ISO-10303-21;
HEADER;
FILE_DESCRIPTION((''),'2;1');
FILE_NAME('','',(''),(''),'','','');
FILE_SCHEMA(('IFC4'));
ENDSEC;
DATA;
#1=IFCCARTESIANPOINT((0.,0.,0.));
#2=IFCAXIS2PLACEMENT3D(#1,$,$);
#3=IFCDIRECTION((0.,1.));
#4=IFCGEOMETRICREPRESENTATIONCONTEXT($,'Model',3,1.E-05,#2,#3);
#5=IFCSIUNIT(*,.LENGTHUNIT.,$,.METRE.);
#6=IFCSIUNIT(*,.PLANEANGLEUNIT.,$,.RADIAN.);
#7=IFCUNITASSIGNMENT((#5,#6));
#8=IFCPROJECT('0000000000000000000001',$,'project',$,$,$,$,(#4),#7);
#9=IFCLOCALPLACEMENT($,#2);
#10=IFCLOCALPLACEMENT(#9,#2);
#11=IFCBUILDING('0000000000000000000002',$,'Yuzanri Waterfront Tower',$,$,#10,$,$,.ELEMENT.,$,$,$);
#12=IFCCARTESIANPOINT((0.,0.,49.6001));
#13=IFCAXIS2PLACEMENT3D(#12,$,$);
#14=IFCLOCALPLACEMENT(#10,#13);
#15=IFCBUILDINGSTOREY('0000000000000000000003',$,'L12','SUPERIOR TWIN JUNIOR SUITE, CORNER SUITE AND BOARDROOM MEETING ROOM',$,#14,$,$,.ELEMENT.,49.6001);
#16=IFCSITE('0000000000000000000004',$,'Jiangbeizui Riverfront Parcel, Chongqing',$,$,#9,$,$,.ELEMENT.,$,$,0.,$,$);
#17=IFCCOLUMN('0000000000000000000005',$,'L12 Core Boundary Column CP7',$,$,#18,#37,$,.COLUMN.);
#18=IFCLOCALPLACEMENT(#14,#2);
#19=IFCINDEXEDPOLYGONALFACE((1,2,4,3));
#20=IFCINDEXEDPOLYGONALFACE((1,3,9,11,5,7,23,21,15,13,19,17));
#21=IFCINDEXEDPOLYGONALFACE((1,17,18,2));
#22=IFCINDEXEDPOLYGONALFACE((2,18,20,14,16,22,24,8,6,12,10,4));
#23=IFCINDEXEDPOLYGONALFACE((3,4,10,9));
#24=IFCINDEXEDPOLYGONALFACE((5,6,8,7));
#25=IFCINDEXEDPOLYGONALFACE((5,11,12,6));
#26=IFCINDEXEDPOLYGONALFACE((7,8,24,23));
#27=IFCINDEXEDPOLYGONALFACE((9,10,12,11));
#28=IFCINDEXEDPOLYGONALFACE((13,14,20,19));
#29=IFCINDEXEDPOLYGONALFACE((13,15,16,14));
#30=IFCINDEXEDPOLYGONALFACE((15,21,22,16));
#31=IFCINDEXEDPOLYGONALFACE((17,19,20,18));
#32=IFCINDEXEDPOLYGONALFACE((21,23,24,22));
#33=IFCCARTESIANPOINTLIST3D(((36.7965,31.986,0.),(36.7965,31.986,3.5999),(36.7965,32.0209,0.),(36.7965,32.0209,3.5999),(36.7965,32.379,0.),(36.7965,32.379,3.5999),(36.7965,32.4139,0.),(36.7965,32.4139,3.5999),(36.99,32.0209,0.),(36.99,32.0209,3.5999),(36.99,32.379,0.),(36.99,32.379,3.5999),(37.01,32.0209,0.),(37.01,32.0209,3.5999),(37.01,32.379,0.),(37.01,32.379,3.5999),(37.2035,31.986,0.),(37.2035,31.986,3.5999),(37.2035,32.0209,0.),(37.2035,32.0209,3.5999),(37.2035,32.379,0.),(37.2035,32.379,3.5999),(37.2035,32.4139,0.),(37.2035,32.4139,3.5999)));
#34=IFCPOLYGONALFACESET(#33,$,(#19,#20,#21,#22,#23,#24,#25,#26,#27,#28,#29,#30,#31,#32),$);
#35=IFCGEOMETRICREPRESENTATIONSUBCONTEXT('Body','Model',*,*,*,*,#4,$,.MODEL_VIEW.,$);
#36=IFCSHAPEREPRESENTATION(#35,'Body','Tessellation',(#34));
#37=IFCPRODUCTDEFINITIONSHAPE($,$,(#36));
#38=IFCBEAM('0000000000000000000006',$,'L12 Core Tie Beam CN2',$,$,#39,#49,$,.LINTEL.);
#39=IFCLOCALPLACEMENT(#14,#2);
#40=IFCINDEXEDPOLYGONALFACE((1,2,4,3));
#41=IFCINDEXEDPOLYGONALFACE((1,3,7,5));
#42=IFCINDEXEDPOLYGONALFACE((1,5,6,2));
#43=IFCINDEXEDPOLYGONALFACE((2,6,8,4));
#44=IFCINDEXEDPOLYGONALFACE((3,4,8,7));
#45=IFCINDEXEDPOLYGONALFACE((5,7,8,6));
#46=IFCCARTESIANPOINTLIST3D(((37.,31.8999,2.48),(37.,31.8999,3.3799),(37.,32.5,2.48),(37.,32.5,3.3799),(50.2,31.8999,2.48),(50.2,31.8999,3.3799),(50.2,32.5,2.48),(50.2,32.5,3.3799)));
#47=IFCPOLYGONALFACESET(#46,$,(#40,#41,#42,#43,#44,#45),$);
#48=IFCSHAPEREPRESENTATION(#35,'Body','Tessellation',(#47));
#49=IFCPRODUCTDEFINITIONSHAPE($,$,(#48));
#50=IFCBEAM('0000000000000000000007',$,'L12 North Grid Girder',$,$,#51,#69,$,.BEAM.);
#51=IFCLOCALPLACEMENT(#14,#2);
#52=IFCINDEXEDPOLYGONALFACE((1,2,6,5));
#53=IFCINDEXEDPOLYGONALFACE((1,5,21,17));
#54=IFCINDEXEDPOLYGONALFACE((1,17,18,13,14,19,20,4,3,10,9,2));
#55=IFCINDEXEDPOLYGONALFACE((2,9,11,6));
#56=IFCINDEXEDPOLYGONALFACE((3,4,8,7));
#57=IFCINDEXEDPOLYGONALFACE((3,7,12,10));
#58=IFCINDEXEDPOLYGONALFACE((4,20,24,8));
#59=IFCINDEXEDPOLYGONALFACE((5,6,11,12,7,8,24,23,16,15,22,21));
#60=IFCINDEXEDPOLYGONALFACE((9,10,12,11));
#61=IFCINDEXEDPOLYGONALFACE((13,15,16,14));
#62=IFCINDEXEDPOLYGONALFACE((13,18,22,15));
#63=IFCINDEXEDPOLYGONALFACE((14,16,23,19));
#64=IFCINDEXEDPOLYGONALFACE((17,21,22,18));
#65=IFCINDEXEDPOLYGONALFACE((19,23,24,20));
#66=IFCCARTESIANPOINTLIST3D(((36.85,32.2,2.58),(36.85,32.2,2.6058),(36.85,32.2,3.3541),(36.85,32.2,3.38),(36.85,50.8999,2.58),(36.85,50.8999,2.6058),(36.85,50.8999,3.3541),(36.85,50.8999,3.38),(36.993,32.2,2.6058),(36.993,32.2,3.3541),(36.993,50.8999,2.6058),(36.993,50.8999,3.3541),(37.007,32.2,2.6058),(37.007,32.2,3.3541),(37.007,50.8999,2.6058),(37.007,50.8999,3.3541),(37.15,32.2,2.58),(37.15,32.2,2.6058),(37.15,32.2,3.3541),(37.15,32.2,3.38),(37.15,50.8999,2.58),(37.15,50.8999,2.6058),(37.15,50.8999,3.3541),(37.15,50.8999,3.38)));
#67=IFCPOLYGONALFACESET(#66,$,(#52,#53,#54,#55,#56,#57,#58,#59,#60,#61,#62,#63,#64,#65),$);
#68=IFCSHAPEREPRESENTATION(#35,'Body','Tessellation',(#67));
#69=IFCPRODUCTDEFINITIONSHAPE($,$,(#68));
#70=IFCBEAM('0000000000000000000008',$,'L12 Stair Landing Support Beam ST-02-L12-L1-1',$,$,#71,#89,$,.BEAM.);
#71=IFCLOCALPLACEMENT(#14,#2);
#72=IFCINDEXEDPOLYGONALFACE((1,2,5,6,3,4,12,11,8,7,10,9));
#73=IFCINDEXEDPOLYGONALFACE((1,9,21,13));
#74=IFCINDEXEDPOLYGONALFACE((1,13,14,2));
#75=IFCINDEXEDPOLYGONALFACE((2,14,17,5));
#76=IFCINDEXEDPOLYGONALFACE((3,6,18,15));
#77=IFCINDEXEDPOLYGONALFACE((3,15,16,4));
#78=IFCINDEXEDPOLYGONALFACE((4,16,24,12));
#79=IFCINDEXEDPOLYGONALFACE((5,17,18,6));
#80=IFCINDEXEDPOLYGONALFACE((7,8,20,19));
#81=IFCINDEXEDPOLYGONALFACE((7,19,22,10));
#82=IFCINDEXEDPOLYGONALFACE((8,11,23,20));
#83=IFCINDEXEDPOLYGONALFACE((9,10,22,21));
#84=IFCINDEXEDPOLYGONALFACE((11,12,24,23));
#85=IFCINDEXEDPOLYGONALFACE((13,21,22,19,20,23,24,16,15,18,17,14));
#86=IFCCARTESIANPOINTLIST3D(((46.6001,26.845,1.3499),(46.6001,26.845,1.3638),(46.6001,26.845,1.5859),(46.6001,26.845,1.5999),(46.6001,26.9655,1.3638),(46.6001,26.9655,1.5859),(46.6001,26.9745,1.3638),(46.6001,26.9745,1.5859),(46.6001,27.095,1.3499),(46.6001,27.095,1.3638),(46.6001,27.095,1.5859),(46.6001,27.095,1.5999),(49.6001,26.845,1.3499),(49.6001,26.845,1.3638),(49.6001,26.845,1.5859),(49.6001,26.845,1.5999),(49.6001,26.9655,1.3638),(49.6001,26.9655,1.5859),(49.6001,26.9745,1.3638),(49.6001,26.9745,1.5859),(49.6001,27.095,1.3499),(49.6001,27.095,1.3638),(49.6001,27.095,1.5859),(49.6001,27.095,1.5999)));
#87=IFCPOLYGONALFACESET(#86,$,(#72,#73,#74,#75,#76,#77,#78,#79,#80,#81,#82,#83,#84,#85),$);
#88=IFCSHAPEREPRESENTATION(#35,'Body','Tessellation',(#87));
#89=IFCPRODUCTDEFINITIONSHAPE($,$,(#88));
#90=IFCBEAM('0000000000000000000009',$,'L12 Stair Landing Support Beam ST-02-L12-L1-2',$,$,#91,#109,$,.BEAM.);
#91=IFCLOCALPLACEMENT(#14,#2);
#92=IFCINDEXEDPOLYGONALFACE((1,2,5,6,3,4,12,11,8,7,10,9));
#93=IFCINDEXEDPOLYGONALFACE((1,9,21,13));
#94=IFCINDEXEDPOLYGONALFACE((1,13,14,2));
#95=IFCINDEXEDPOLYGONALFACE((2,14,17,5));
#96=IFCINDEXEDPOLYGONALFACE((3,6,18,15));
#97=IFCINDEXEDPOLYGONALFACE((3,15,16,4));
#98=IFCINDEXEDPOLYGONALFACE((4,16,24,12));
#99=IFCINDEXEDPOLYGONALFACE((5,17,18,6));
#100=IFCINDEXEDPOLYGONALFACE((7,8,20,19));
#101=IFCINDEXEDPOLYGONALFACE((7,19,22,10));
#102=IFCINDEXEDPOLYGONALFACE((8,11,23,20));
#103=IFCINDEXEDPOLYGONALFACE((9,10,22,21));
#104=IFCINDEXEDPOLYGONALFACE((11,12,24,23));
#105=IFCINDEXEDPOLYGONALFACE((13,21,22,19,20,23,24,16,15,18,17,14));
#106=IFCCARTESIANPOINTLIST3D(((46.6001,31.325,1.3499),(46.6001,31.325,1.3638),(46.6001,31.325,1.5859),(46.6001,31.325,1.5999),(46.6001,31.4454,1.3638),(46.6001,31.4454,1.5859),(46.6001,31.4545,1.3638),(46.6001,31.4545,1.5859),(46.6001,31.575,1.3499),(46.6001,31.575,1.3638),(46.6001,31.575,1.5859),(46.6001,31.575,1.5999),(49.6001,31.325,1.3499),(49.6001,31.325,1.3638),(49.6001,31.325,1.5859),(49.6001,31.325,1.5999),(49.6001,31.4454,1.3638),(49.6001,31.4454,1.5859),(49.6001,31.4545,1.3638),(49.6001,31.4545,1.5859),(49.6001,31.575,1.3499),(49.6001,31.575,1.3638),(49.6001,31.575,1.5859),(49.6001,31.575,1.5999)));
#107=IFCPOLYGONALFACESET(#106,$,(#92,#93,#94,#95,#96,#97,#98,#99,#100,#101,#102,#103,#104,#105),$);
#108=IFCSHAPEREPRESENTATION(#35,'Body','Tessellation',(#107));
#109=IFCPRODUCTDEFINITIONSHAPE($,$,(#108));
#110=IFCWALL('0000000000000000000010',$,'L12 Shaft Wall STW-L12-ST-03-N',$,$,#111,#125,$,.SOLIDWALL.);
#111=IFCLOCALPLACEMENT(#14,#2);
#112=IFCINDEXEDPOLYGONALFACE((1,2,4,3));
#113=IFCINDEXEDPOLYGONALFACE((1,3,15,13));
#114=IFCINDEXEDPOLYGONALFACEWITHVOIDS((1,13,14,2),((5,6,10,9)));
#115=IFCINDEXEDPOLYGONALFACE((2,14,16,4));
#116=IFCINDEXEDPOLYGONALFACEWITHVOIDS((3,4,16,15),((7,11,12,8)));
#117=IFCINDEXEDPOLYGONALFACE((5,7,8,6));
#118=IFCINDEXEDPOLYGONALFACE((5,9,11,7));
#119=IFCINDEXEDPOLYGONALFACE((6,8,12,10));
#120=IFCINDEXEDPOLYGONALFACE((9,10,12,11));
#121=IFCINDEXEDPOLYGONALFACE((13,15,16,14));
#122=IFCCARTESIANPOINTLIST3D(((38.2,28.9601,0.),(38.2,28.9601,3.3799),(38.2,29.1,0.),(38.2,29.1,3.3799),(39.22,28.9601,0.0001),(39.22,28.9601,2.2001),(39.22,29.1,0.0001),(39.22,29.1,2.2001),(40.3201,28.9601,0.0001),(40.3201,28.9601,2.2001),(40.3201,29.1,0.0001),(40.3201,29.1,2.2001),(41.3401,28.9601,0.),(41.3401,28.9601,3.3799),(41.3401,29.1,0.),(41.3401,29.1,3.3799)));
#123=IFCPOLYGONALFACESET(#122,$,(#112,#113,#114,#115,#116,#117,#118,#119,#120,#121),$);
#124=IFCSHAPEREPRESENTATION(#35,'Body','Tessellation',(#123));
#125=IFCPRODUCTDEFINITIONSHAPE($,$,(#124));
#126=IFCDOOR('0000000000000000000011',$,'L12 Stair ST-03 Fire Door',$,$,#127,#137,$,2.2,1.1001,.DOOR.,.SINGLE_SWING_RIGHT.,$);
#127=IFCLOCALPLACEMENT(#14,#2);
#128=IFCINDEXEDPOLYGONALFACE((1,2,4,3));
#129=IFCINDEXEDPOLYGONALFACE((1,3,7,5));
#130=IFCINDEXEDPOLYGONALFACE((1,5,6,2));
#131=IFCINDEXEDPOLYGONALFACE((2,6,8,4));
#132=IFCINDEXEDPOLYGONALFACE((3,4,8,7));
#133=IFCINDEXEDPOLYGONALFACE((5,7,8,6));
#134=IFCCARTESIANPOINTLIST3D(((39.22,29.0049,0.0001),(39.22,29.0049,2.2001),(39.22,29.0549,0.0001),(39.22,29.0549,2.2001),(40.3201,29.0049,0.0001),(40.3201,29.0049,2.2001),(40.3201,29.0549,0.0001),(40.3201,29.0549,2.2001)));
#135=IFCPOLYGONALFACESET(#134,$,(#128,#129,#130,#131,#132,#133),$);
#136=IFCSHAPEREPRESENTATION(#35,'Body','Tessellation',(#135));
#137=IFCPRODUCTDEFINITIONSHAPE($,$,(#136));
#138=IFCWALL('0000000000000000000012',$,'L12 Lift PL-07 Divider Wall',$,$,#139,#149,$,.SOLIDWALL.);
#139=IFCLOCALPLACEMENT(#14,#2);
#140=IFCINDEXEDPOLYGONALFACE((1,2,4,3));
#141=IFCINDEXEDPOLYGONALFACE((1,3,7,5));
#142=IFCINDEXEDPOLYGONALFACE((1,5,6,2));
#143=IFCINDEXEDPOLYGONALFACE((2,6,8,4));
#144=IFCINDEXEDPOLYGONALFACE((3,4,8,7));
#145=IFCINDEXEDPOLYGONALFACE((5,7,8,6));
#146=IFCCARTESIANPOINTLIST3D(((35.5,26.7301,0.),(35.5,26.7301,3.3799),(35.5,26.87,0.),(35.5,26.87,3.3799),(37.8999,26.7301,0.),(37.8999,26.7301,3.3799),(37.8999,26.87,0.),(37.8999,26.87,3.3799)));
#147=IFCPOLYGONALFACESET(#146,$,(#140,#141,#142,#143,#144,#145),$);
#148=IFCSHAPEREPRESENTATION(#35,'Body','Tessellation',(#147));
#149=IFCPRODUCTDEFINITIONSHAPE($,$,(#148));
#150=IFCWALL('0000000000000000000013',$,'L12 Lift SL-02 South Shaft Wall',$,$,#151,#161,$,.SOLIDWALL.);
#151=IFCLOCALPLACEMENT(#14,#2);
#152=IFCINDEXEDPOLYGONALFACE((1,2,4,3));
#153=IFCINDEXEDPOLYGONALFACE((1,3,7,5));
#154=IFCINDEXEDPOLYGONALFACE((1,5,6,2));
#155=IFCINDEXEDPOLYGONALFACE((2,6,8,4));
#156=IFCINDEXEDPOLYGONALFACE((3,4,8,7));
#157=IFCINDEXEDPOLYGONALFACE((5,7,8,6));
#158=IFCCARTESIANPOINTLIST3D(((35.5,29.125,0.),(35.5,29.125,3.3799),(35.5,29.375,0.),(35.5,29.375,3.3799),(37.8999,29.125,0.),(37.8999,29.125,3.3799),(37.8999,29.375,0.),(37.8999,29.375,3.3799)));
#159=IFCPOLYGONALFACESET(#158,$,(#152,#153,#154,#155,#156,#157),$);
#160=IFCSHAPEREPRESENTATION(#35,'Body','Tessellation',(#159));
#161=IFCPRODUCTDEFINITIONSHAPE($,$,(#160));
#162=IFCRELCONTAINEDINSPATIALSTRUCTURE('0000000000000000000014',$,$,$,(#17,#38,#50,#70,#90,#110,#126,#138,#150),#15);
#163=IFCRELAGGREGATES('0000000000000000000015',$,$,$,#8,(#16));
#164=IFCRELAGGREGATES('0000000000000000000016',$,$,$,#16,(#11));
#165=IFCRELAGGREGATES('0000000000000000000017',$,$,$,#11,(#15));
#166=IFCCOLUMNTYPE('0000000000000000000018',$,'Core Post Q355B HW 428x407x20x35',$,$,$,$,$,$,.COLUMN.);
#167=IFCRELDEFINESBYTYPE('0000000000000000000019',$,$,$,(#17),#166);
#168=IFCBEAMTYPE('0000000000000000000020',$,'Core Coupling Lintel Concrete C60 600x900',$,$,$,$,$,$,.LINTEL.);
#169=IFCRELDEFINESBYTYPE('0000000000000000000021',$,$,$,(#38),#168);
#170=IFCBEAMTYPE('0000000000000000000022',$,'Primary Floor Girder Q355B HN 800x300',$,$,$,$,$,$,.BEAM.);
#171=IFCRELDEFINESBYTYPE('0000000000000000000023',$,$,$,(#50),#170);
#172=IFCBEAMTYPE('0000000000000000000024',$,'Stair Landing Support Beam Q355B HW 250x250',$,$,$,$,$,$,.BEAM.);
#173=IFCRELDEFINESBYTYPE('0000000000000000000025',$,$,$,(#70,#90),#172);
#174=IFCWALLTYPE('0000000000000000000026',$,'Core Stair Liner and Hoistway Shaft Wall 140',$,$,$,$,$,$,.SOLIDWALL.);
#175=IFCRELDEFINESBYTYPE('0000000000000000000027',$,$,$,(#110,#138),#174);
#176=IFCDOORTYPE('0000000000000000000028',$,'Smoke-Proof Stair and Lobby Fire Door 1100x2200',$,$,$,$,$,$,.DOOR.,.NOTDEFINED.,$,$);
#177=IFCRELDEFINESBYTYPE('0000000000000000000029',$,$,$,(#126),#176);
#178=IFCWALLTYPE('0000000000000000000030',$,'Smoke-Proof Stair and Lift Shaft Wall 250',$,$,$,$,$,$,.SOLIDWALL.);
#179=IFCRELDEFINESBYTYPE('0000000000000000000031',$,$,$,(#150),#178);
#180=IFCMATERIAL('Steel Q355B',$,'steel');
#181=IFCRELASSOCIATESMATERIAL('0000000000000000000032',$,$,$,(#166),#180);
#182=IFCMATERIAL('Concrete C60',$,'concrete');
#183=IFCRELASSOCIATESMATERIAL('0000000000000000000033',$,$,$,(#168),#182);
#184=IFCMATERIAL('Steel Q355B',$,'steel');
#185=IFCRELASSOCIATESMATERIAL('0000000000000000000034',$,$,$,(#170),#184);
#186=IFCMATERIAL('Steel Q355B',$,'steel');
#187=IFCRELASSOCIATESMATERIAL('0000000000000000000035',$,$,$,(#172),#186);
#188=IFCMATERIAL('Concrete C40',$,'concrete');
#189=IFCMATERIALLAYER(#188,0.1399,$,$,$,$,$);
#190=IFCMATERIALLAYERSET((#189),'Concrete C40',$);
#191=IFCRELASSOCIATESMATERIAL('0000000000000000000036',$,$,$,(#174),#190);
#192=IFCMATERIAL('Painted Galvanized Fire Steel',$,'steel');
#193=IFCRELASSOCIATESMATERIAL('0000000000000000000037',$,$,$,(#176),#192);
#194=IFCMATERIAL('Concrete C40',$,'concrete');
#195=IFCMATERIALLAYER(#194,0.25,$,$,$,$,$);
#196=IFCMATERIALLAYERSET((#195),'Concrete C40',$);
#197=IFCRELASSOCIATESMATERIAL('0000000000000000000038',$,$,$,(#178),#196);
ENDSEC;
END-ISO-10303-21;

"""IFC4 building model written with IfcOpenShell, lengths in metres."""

from ifc_helpers import new_model, si_unit, direction, frame, frame_2d, origin, origin_2d, place, context, subcontext, project, spatial, rectangle, i_section, extrude, source, transform, mapped, material, layer, layer_set, material_profile, profile_set, type_object, element, fill, save


model = new_model("IFC4")

# Units and contexts
model_context = context("Model", 3, precision=1e-05, world=origin(), true_north=direction((0.0, 1.0)))
body_context = subcontext(model_context, "Body", "Model", "MODEL_VIEW")
ifc_project = project(units=[si_unit("LENGTHUNIT", "METRE"), si_unit("PLANEANGLEUNIT", "RADIAN")], contexts=[model_context])

# Site, building, storey
site_placement = place(None, origin())
site = spatial("IfcSite", under=ifc_project, at=site_placement, Name="Jiangbeizui Riverfront Parcel, Chongqing", CompositionType="ELEMENT", RefElevation=0.0)
building_placement = place(site_placement, origin())
building = spatial("IfcBuilding", under=site, at=building_placement, Name="Yuzanri Waterfront Tower", CompositionType="ELEMENT")
storey_placement = place(building_placement, frame((0.0, 0.0, 49.6001)))
storey = spatial("IfcBuildingStorey", under=building, at=storey_placement, Name="L12", Description="SUPERIOR TWIN JUNIOR SUITE, CORNER SUITE AND BOARDROOM MEETING ROOM", CompositionType="ELEMENT", Elevation=49.6001)

# Column
ifc_material_1 = material(Name="Steel Q355B", Category="steel")
ifc_material_profile_1 = material_profile(ifc_material_1, i_section(OverallWidth=0.407, OverallDepth=0.428, WebThickness=0.02, FlangeThickness=0.0349, at=origin_2d()), Name="HW 428x407x20x35")
ifc_profile_set_1 = profile_set([ifc_material_profile_1], Name="Steel Q355B")
column_type = type_object("IfcColumnType", Name="Core Post Q355B HW 428x407x20x35", PredefinedType="COLUMN", material=ifc_profile_set_1)
shared_shape_1 = source(origin(), body_context, "Body", "SweptSolid", [
    extrude(i_section(OverallWidth=0.407, OverallDepth=0.428, WebThickness=0.02, FlangeThickness=0.0349, at=origin_2d()), origin(), (0.0, 0.0, 1.0), 3.5999),
])
column_placement = place(storey_placement, frame((37.0, 32.2, 0.0), z_axis=(0.0, 0.0, 1.0), x_axis=(1.0, 0.0, 0.0)))
element("IfcColumn", 1, at=column_placement, inside=storey, type_object=column_type, Name="L12 Core Boundary Column CP7", PredefinedType="COLUMN", context=body_context, shape_type="MappedRepresentation", body=[
    mapped(shared_shape_1, transform((0.0, 0.0, 0.0), scale=1.0)),
])

# Beams
ifc_material_2 = material(Name="Concrete C60", Category="concrete")
ifc_material_profile_2 = material_profile(ifc_material_2, rectangle(XDim=0.6001, YDim=0.8999, at=origin_2d()), Name="RC 600x900")
ifc_profile_set_2 = profile_set([ifc_material_profile_2], Name="Concrete C60")
beam_type_1 = type_object("IfcBeamType", Name="Core Coupling Lintel Concrete C60 600x900", PredefinedType="LINTEL", material=ifc_profile_set_2)
shared_shape_2 = source(origin(), body_context, "Body", "SweptSolid", [
    extrude(rectangle(XDim=0.6001, YDim=0.8999, at=origin_2d()), origin(), (0.0, 0.0, 1.0), 13.2),
])
beam_1_placement = place(storey_placement, frame((37.0, 32.2, 2.9299), z_axis=(1.0, 0.0, 0.0), x_axis=(0.0, 1.0, 0.0)))
element("IfcBeam", 2, at=beam_1_placement, inside=storey, type_object=beam_type_1, Name="L12 Core Tie Beam CN2", PredefinedType="LINTEL", context=body_context, shape_type="MappedRepresentation", body=[
    mapped(shared_shape_2, transform((0.0, 0.0, 0.0), scale=1.0)),
])
ifc_material_3 = material(Name="Steel Q355B", Category="steel")
ifc_material_profile_3 = material_profile(ifc_material_3, i_section(OverallWidth=0.3, OverallDepth=0.8, WebThickness=0.0139, FlangeThickness=0.0259, at=origin_2d()), Name="HN 800x300x14x26")
ifc_profile_set_3 = profile_set([ifc_material_profile_3], Name="Steel Q355B")
beam_type_2 = type_object("IfcBeamType", Name="Primary Floor Girder Q355B HN 800x300", PredefinedType="BEAM", material=ifc_profile_set_3)
shared_shape_3 = source(origin(), body_context, "Body", "SweptSolid", [
    extrude(i_section(OverallWidth=0.3, OverallDepth=0.8, WebThickness=0.0139, FlangeThickness=0.0259, at=origin_2d()), origin(), (0.0, 0.0, 1.0), 18.7),
])
beam_2_placement = place(storey_placement, frame((37.0, 32.2, 2.98), z_axis=(0.0, 1.0, 0.0), x_axis=(-1.0, 0.0, 0.0)))
element("IfcBeam", 3, at=beam_2_placement, inside=storey, type_object=beam_type_2, Name="L12 North Grid Girder", PredefinedType="BEAM", context=body_context, shape_type="MappedRepresentation", body=[
    mapped(shared_shape_3, transform((0.0, 0.0, 0.0), scale=1.0)),
])
ifc_material_4 = material(Name="Steel Q355B", Category="steel")
ifc_material_profile_4 = material_profile(ifc_material_4, i_section(OverallWidth=0.25, OverallDepth=0.25, WebThickness=0.009, FlangeThickness=0.0139, at=origin_2d()), Name="HW 250x250x9x14")
ifc_profile_set_4 = profile_set([ifc_material_profile_4], Name="Steel Q355B")
beam_type_3 = type_object("IfcBeamType", Name="Stair Landing Support Beam Q355B HW 250x250", PredefinedType="BEAM", material=ifc_profile_set_4)
shared_shape_4 = source(origin(), body_context, "Body", "SweptSolid", [
    extrude(i_section(OverallWidth=0.25, OverallDepth=0.25, WebThickness=0.009, FlangeThickness=0.0139, at=origin_2d()), origin(), (0.0, 0.0, 1.0), 3.0),
])
for number, where, z_axis, x_axis, name in (
    (4, (46.6001, 26.97, 1.4749), (1.0, 0.0, 0.0), (0.0, 1.0, 0.0), "L12 Stair Landing Support Beam ST-02-L12-L1-1"),
    (5, (46.6001, 31.45, 1.4749), (1.0, 0.0, 0.0), (0.0, 1.0, 0.0), "L12 Stair Landing Support Beam ST-02-L12-L1-2"),
):
    element("IfcBeam", number, at=place(storey_placement, frame(where, z_axis=z_axis, x_axis=x_axis)), inside=storey, type_object=beam_type_3, Name=name, PredefinedType="BEAM", context=body_context, shape_type="MappedRepresentation", body=[
        mapped(shared_shape_4, transform((0.0, 0.0, 0.0), scale=1.0)),
    ])

# Wall, opening, door
ifc_material_5 = material(Name="Concrete C40", Category="concrete")
ifc_layer_1 = layer(ifc_material_5, 0.1399)
ifc_layer_set_1 = layer_set([ifc_layer_1], Name="Concrete C40")
wall_type_1 = type_object("IfcWallType", Name="Core Stair Liner and Hoistway Shaft Wall 140", PredefinedType="SOLIDWALL", material=ifc_layer_set_1)
wall_1_placement = place(storey_placement, frame((38.2, 29.03, 0.0), z_axis=(0.0, 0.0, 1.0), x_axis=(1.0, 0.0, 0.0)))
wall_1 = element("IfcWall", 6, at=wall_1_placement, inside=storey, type_object=wall_type_1, Name="L12 Shaft Wall STW-L12-ST-03-N", PredefinedType="SOLIDWALL", context=body_context, shape_type="SweptSolid", body=[
    extrude(rectangle(XDim=3.1401, YDim=0.1399, at=frame_2d((1.5701, 0.0))), origin(), (0.0, 0.0, 1.0), 3.3799),
])
opening_placement = place(wall_1_placement, frame((1.02, 0.0, 0.0)))
opening = element("IfcOpeningElement", 7, at=opening_placement, cuts=wall_1, PredefinedType="OPENING", context=body_context, shape_type="SweptSolid", body=[
    extrude(rectangle(XDim=1.1001, YDim=2.2, at=frame_2d((0.55, 1.1001))), frame((0.0, 0.085, 0.0), z_axis=(0.0, -1.0, 0.0), x_axis=(1.0, 0.0, 0.0)), (0.0, 0.0, 1.0), 0.1697),
])
ifc_material_6 = material(Name="Painted Galvanized Fire Steel", Category="steel")
door_type = type_object("IfcDoorType", Name="Smoke-Proof Stair and Lobby Fire Door 1100x2200", OperationType="NOTDEFINED", PredefinedType="DOOR", material=ifc_material_6)
shared_shape_5 = source(origin(), body_context, "Body", "SweptSolid", [
    extrude(rectangle(XDim=1.1001, YDim=2.2, at=frame_2d((0.55, 1.1001))), frame((0.0, 0.0249, 0.0), z_axis=(0.0, -1.0, 0.0), x_axis=(1.0, 0.0, 0.0)), (0.0, 0.0, 1.0), 0.05),
])
door_placement = place(opening_placement, origin())
door = element("IfcDoor", 8, at=door_placement, inside=storey, type_object=door_type, Name="L12 Stair ST-03 Fire Door", OperationType="SINGLE_SWING_RIGHT", OverallHeight=2.2, OverallWidth=1.1001, PredefinedType="DOOR", context=body_context, shape_type="MappedRepresentation", body=[
    mapped(shared_shape_5, transform((0.0, 0.0, 0.0), scale=1.0)),
])
fill(opening, door)

# Walls
shared_shape_6 = source(origin(), body_context, "Body", "SweptSolid", [
    extrude(rectangle(XDim=2.3999, YDim=0.1399, at=frame_2d((1.2, 0.0))), origin(), (0.0, 0.0, 1.0), 3.3799),
])
wall_2_placement = place(storey_placement, frame((35.5, 26.8, 0.0), z_axis=(0.0, 0.0, 1.0), x_axis=(1.0, 0.0, 0.0)))
element("IfcWall", 9, at=wall_2_placement, inside=storey, type_object=wall_type_1, Name="L12 Lift PL-07 Divider Wall", PredefinedType="SOLIDWALL", context=body_context, shape_type="MappedRepresentation", body=[
    mapped(shared_shape_6, transform((0.0, 0.0, 0.0), scale=1.0)),
])
ifc_material_7 = material(Name="Concrete C40", Category="concrete")
ifc_layer_2 = layer(ifc_material_7, 0.25)
ifc_layer_set_2 = layer_set([ifc_layer_2], Name="Concrete C40")
wall_type_2 = type_object("IfcWallType", Name="Smoke-Proof Stair and Lift Shaft Wall 250", PredefinedType="SOLIDWALL", material=ifc_layer_set_2)
shared_shape_7 = source(origin(), body_context, "Body", "SweptSolid", [
    extrude(rectangle(XDim=2.3999, YDim=0.25, at=frame_2d((1.2, 0.0))), origin(), (0.0, 0.0, 1.0), 3.3799),
])
wall_3_placement = place(storey_placement, frame((35.5, 29.25, 0.0), z_axis=(0.0, 0.0, 1.0), x_axis=(1.0, 0.0, 0.0)))
element("IfcWall", 10, at=wall_3_placement, inside=storey, type_object=wall_type_2, Name="L12 Lift SL-02 South Shaft Wall", PredefinedType="SOLIDWALL", context=body_context, shape_type="MappedRepresentation", body=[
    mapped(shared_shape_7, transform((0.0, 0.0, 0.0), scale=1.0)),
])

save(model, "model.ifc")
